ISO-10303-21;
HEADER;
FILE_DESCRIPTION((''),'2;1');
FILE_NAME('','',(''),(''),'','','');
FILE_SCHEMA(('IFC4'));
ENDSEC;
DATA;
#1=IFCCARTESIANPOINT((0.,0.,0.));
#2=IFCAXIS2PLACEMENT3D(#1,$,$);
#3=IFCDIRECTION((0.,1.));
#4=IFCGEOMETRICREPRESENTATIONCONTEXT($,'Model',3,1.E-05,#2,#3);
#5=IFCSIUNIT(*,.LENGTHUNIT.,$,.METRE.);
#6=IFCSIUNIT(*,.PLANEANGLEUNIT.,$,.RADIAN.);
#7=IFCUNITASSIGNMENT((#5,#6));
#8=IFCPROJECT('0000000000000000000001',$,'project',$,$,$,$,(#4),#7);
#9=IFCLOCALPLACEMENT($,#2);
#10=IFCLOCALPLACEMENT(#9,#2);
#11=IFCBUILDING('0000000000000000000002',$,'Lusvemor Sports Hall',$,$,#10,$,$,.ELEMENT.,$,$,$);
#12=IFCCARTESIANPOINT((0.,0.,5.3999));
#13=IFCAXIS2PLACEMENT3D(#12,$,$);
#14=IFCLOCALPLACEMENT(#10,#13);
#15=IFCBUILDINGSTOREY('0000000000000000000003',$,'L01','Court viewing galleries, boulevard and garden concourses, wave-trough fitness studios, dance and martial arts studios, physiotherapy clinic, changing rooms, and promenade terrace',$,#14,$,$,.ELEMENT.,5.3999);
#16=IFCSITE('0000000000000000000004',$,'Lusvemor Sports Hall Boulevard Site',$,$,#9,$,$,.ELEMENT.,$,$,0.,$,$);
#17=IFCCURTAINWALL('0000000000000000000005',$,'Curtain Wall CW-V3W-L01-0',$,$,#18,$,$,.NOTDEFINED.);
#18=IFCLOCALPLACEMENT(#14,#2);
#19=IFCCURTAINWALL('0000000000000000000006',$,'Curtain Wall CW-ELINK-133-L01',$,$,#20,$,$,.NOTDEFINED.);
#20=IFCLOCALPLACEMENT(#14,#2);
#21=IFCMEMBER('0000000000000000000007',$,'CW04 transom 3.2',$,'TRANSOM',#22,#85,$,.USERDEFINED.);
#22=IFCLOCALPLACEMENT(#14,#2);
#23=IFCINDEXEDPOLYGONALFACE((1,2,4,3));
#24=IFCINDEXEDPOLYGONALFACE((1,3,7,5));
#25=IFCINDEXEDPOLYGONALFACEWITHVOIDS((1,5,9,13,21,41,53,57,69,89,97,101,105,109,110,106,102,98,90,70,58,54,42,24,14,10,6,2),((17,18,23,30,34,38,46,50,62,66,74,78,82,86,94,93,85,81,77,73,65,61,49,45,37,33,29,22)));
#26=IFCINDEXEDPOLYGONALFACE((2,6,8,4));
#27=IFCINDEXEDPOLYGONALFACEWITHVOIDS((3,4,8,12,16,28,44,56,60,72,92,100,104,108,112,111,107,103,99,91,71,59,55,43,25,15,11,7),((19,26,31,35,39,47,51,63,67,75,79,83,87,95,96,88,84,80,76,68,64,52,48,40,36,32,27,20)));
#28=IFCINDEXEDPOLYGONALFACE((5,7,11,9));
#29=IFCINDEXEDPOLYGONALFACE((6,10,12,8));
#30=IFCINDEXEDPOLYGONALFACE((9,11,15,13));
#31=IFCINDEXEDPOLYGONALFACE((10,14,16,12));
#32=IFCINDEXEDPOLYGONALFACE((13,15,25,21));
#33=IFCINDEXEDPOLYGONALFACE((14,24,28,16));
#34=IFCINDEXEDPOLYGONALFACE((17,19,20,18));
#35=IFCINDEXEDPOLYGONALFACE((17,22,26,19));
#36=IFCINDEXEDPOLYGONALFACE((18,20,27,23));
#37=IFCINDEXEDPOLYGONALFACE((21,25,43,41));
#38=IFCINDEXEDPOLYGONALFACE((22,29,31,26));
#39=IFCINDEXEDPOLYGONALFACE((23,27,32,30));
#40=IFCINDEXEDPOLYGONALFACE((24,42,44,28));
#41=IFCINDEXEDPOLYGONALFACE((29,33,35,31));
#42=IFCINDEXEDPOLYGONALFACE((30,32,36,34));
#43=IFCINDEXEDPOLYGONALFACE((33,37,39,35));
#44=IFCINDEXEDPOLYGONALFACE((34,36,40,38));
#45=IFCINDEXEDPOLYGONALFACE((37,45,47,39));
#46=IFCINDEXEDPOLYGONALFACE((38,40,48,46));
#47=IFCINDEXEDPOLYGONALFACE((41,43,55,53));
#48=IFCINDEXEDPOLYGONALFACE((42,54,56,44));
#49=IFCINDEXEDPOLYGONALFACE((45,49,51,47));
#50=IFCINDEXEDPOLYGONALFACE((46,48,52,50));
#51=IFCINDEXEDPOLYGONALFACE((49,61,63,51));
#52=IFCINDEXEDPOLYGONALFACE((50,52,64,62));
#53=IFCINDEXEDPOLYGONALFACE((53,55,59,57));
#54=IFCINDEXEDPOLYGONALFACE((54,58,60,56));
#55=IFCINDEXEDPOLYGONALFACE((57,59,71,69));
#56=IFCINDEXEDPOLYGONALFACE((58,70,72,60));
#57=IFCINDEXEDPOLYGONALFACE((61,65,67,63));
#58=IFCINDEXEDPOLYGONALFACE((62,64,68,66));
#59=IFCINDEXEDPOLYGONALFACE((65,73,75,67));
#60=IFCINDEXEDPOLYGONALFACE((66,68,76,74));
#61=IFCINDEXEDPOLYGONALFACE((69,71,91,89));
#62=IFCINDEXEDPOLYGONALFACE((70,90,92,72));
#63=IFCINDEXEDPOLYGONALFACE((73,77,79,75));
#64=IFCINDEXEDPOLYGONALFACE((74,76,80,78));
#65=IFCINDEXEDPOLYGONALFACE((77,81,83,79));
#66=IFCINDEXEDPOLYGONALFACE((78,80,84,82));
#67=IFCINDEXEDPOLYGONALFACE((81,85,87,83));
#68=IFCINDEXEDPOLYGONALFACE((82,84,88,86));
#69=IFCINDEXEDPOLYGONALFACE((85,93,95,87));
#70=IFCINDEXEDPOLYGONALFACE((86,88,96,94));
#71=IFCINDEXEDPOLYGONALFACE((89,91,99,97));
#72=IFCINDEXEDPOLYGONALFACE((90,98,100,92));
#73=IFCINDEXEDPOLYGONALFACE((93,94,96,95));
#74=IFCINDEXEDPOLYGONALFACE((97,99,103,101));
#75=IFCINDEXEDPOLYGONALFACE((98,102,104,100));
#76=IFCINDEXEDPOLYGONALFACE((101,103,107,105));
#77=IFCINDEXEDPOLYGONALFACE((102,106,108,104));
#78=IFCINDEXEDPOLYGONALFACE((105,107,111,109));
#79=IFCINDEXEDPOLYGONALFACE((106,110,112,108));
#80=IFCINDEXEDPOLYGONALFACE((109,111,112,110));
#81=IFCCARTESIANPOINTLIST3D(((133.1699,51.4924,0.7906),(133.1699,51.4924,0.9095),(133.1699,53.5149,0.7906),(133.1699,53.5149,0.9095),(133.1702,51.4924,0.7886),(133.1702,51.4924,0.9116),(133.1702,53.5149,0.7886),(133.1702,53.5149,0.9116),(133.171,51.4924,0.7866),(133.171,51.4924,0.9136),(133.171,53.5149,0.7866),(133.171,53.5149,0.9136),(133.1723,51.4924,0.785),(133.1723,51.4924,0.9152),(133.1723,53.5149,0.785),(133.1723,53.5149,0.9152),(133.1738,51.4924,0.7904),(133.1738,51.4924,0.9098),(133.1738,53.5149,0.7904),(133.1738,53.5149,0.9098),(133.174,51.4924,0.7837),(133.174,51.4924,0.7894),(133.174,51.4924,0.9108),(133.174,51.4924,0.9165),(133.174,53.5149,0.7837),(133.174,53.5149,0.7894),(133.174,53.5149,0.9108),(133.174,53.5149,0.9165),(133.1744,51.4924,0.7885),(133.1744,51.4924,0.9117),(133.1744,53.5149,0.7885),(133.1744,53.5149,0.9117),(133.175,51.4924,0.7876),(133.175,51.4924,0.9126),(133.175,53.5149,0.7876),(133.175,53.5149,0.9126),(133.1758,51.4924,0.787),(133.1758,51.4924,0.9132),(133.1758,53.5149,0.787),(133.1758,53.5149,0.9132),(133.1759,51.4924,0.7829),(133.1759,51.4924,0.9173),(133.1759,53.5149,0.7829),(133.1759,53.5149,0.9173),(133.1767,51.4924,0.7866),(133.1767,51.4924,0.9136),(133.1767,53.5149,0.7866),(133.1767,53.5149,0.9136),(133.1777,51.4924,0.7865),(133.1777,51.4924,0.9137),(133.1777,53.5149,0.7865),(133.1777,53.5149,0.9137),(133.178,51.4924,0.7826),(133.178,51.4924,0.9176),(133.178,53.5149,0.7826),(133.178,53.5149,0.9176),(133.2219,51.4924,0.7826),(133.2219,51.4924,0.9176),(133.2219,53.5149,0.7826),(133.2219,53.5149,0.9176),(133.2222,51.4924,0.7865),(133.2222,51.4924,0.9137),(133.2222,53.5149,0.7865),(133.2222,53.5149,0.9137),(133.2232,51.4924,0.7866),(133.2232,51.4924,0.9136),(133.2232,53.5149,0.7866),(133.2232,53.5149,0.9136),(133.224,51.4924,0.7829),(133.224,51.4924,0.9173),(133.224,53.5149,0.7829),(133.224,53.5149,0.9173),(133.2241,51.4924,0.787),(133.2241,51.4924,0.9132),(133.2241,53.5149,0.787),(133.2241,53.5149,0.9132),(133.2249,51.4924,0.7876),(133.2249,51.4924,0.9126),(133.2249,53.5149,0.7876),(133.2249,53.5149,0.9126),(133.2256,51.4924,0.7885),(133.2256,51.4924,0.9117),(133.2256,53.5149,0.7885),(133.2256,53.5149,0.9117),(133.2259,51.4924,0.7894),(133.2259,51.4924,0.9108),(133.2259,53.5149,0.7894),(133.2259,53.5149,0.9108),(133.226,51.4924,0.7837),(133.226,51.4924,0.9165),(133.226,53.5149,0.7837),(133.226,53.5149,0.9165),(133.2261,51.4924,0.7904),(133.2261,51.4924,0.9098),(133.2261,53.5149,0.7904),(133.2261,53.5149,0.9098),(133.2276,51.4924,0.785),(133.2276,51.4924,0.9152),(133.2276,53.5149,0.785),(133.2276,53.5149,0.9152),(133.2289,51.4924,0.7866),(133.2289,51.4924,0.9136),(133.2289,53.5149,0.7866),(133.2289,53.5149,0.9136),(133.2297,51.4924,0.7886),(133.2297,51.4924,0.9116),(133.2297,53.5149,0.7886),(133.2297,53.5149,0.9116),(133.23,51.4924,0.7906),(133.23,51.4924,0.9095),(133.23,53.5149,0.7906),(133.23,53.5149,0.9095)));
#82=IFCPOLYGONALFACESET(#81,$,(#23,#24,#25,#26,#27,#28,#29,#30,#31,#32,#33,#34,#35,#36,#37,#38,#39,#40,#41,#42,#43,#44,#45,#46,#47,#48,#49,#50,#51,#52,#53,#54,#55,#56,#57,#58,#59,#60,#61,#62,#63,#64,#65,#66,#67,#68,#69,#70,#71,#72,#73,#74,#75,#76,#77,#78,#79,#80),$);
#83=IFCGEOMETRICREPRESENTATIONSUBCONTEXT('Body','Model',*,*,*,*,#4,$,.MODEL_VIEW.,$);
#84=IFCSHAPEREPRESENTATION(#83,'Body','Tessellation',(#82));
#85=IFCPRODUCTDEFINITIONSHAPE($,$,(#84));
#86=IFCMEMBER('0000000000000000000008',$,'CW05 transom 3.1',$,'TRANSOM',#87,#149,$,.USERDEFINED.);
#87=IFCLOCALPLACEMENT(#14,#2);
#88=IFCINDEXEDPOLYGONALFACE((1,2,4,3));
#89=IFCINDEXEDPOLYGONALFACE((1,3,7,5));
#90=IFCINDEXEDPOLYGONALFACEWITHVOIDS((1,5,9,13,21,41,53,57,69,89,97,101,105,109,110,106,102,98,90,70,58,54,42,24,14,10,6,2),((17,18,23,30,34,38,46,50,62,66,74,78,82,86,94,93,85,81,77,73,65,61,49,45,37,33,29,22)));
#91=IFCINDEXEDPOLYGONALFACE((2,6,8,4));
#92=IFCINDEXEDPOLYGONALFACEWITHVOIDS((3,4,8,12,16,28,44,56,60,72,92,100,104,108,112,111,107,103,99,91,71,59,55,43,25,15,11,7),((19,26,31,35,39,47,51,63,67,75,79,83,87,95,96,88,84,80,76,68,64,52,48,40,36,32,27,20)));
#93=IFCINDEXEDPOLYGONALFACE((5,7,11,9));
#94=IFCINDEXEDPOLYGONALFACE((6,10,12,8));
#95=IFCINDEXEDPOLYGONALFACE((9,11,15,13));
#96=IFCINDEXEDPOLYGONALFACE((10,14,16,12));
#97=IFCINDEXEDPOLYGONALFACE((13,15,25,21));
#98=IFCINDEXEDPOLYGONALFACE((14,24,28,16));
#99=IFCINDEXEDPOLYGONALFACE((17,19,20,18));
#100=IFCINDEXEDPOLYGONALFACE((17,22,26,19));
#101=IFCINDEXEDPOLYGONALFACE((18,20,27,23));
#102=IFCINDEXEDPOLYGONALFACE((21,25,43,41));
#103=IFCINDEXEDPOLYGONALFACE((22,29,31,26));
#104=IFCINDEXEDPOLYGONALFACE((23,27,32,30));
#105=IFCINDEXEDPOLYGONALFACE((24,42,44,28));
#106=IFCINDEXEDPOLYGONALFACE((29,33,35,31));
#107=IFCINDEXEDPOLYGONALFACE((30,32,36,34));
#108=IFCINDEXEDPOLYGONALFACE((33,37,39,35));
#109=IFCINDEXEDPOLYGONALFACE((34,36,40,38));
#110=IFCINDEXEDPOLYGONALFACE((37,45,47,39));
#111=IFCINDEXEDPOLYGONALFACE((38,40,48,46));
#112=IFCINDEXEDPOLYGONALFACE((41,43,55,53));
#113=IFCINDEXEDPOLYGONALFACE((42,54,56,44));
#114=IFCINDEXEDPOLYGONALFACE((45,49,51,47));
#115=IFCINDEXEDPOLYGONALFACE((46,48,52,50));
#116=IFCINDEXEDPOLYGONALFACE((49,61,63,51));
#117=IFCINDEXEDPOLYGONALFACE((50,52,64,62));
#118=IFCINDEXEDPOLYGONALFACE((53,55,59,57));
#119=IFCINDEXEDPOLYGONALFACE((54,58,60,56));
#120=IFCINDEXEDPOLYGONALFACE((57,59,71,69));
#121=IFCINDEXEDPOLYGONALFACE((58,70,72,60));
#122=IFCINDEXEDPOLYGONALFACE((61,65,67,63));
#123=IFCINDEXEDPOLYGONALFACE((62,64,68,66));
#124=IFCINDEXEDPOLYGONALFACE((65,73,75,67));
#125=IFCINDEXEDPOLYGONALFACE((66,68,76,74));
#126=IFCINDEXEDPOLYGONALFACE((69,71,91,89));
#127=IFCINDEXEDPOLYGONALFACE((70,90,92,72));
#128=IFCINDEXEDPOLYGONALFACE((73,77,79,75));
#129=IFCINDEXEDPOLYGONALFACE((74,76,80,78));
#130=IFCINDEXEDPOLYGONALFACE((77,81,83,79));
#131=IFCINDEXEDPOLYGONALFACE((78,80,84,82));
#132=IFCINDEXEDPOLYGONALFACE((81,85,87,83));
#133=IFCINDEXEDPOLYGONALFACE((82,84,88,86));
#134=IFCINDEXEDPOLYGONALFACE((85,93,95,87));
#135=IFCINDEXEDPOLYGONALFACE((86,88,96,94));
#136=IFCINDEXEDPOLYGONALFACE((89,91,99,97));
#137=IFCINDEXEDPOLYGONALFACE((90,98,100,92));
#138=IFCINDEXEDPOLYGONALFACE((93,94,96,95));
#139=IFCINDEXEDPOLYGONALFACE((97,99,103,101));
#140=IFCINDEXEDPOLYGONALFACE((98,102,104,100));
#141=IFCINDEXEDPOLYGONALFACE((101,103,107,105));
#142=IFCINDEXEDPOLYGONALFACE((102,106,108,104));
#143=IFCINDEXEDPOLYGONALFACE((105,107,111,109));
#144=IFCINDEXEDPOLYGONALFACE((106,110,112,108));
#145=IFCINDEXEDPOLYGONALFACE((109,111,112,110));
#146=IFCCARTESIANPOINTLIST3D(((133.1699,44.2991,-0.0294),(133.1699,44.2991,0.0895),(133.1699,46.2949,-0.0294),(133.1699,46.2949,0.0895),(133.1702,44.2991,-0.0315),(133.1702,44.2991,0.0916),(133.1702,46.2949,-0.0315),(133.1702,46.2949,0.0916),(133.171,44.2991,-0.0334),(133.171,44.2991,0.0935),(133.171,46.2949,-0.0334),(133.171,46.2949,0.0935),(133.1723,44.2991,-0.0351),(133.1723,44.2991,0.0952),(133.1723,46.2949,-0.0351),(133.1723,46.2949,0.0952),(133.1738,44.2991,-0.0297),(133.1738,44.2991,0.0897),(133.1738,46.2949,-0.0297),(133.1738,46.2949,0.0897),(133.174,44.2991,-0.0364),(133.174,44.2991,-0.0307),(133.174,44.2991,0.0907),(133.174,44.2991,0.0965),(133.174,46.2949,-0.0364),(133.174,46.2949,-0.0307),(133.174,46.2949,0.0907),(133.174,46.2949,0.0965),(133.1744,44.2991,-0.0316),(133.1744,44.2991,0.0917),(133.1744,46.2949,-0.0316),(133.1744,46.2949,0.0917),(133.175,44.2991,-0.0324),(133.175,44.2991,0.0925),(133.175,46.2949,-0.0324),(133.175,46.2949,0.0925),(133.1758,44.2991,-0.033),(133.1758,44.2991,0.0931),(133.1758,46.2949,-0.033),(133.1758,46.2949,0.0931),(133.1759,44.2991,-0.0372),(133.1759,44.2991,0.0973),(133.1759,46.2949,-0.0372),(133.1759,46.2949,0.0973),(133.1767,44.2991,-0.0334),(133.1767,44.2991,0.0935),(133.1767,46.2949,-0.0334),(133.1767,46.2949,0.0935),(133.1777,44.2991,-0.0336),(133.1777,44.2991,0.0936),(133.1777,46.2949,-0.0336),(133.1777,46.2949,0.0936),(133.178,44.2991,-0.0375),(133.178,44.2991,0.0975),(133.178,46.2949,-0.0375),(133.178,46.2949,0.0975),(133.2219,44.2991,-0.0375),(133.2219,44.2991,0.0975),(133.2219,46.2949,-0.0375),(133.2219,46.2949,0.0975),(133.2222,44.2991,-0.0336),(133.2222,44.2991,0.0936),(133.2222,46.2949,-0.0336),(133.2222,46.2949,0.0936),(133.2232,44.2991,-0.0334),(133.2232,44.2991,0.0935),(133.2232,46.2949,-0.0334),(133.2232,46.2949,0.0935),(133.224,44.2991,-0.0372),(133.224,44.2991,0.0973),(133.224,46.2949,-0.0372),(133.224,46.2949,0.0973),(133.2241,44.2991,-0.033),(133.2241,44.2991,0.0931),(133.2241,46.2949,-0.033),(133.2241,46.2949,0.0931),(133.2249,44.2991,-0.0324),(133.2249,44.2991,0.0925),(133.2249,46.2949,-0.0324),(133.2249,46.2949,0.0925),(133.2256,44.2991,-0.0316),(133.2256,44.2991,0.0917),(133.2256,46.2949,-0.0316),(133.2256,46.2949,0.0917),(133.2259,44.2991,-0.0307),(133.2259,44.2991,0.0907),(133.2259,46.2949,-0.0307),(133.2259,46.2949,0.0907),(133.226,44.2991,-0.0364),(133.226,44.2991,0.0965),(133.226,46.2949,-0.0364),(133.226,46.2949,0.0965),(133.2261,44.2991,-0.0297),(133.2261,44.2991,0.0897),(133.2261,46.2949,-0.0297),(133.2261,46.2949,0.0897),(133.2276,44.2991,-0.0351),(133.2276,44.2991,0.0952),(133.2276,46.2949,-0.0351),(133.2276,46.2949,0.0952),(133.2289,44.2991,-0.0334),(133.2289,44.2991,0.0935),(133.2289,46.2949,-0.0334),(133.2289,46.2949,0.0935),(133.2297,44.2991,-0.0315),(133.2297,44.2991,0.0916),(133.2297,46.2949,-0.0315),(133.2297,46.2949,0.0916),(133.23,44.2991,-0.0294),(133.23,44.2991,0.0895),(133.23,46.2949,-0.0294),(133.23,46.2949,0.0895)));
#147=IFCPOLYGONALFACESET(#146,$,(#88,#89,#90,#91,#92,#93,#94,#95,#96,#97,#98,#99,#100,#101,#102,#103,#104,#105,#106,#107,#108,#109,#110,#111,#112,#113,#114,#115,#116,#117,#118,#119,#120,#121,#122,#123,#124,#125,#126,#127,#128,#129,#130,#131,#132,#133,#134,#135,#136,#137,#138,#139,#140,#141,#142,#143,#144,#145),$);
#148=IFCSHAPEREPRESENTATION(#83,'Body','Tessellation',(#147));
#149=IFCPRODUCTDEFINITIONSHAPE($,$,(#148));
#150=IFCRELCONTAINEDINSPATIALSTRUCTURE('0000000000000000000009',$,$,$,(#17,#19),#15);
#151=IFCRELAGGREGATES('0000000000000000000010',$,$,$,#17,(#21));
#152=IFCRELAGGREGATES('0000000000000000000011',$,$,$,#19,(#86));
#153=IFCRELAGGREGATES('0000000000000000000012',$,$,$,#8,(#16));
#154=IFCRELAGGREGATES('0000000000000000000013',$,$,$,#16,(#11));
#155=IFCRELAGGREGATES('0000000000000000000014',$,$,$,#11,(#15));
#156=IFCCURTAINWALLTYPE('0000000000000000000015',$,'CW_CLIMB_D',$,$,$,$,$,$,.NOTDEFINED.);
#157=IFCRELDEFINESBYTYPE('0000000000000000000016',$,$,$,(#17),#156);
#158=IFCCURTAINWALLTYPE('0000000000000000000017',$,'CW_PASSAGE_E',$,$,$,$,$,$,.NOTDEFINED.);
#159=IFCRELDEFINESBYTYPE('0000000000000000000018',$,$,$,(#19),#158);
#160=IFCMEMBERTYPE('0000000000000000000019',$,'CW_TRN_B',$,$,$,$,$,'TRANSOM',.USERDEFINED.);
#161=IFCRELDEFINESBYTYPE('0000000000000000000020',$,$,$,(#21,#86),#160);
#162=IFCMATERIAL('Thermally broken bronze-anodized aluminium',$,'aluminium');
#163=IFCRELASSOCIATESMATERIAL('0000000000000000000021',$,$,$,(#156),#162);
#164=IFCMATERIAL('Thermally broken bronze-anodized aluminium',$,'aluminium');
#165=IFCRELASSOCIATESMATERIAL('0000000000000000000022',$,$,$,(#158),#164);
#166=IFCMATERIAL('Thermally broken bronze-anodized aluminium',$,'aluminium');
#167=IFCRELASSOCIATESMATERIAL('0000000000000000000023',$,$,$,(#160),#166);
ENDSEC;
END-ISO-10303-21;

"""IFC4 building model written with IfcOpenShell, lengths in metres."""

from ifc_helpers import new_model, si_unit, direction, frame, origin, origin_2d, place, context, subcontext, project, spatial, hollow_rectangle, extrude, material, material_profile, profile_set, type_object, element, aggregate, save


model = new_model("IFC4")

# Units and contexts
model_context = context("Model", 3, precision=1e-05, world=origin(), true_north=direction((0.0, 1.0)))
body_context = subcontext(model_context, "Body", "Model", "MODEL_VIEW")
ifc_project = project(units=[si_unit("LENGTHUNIT", "METRE"), si_unit("PLANEANGLEUNIT", "RADIAN")], contexts=[model_context])

# Site, building, storey
site_placement = place(None, origin())
site = spatial("IfcSite", under=ifc_project, at=site_placement, Name="Lusvemor Sports Hall Boulevard Site", CompositionType="ELEMENT", RefElevation=0.0)
building_placement = place(site_placement, origin())
building = spatial("IfcBuilding", under=site, at=building_placement, Name="Lusvemor Sports Hall", CompositionType="ELEMENT")
storey_placement = place(building_placement, frame((0.0, 0.0, 5.3999)))
storey = spatial("IfcBuildingStorey", under=building, at=storey_placement, Name="L01", Description="Court viewing galleries, boulevard and garden concourses, wave-trough fitness studios, dance and martial arts studios, physiotherapy clinic, changing rooms, and promenade terrace", CompositionType="ELEMENT", Elevation=5.3999)

# Curtain walls
ifc_material_1 = material(Name="Thermally broken bronze-anodized aluminium", Category="aluminium")
curtain_wall_type_1 = type_object("IfcCurtainWallType", Name="CW_CLIMB_D", PredefinedType="NOTDEFINED", material=ifc_material_1)
curtain_wall_1_placement = place(storey_placement, origin())
curtain_wall_1 = element("IfcCurtainWall", 1, at=curtain_wall_1_placement, inside=storey, type_object=curtain_wall_type_1, Name="Curtain Wall CW-V3W-L01-0", PredefinedType="NOTDEFINED")
ifc_material_2 = material(Name="Thermally broken bronze-anodized aluminium", Category="aluminium")
curtain_wall_type_2 = type_object("IfcCurtainWallType", Name="CW_PASSAGE_E", PredefinedType="NOTDEFINED", material=ifc_material_2)
curtain_wall_2_placement = place(storey_placement, origin())
curtain_wall_2 = element("IfcCurtainWall", 2, at=curtain_wall_2_placement, inside=storey, type_object=curtain_wall_type_2, Name="Curtain Wall CW-ELINK-133-L01", PredefinedType="NOTDEFINED")

# Members
ifc_material_3 = material(Name="Thermally broken bronze-anodized aluminium", Category="aluminium")
ifc_material_profile_1 = material_profile(ifc_material_3, hollow_rectangle(XDim=0.0601, YDim=0.135, WallThickness=0.0039, InnerFilletRadius=0.0039, OuterFilletRadius=0.0081, at=origin_2d()), Name="CWTRN135x60x4")
ifc_profile_set_1 = profile_set([ifc_material_profile_1], Name="Thermally broken bronze-anodized aluminium")
member_type_1 = type_object("IfcMemberType", Name="CW_TRN_B", ElementType="TRANSOM", PredefinedType="USERDEFINED", material=ifc_profile_set_1)
member_1_placement = place(storey_placement, frame((133.2, 51.4924, 0.8501), z_axis=(0.0, 1.0, 0.0), x_axis=(-1.0, 0.0, 0.0)))
member_1 = element("IfcMember", 3, at=member_1_placement, type_object=member_type_1, Name="CW04 transom 3.2", ObjectType="TRANSOM", PredefinedType="USERDEFINED", context=body_context, shape_type="SweptSolid", body=[
    extrude(hollow_rectangle(XDim=0.0601, YDim=0.135, WallThickness=0.0039, InnerFilletRadius=0.0039, OuterFilletRadius=0.0081, at=origin_2d()), origin(), (0.0, 0.0, 1.0), 2.0225),
])
member_2_placement = place(storey_placement, frame((133.2, 44.2991, 0.03), z_axis=(0.0, 1.0, 0.0), x_axis=(-1.0, 0.0, 0.0)))
member_2 = element("IfcMember", 4, at=member_2_placement, type_object=member_type_1, Name="CW05 transom 3.1", ObjectType="TRANSOM", PredefinedType="USERDEFINED", context=body_context, shape_type="SweptSolid", body=[
    extrude(hollow_rectangle(XDim=0.0601, YDim=0.135, WallThickness=0.0039, InnerFilletRadius=0.0039, OuterFilletRadius=0.0081, at=origin_2d()), origin(), (0.0, 0.0, 1.0), 1.9958),
])

aggregate(curtain_wall_1, [member_1])
aggregate(curtain_wall_2, [member_2])

save(model, "model.ifc")
